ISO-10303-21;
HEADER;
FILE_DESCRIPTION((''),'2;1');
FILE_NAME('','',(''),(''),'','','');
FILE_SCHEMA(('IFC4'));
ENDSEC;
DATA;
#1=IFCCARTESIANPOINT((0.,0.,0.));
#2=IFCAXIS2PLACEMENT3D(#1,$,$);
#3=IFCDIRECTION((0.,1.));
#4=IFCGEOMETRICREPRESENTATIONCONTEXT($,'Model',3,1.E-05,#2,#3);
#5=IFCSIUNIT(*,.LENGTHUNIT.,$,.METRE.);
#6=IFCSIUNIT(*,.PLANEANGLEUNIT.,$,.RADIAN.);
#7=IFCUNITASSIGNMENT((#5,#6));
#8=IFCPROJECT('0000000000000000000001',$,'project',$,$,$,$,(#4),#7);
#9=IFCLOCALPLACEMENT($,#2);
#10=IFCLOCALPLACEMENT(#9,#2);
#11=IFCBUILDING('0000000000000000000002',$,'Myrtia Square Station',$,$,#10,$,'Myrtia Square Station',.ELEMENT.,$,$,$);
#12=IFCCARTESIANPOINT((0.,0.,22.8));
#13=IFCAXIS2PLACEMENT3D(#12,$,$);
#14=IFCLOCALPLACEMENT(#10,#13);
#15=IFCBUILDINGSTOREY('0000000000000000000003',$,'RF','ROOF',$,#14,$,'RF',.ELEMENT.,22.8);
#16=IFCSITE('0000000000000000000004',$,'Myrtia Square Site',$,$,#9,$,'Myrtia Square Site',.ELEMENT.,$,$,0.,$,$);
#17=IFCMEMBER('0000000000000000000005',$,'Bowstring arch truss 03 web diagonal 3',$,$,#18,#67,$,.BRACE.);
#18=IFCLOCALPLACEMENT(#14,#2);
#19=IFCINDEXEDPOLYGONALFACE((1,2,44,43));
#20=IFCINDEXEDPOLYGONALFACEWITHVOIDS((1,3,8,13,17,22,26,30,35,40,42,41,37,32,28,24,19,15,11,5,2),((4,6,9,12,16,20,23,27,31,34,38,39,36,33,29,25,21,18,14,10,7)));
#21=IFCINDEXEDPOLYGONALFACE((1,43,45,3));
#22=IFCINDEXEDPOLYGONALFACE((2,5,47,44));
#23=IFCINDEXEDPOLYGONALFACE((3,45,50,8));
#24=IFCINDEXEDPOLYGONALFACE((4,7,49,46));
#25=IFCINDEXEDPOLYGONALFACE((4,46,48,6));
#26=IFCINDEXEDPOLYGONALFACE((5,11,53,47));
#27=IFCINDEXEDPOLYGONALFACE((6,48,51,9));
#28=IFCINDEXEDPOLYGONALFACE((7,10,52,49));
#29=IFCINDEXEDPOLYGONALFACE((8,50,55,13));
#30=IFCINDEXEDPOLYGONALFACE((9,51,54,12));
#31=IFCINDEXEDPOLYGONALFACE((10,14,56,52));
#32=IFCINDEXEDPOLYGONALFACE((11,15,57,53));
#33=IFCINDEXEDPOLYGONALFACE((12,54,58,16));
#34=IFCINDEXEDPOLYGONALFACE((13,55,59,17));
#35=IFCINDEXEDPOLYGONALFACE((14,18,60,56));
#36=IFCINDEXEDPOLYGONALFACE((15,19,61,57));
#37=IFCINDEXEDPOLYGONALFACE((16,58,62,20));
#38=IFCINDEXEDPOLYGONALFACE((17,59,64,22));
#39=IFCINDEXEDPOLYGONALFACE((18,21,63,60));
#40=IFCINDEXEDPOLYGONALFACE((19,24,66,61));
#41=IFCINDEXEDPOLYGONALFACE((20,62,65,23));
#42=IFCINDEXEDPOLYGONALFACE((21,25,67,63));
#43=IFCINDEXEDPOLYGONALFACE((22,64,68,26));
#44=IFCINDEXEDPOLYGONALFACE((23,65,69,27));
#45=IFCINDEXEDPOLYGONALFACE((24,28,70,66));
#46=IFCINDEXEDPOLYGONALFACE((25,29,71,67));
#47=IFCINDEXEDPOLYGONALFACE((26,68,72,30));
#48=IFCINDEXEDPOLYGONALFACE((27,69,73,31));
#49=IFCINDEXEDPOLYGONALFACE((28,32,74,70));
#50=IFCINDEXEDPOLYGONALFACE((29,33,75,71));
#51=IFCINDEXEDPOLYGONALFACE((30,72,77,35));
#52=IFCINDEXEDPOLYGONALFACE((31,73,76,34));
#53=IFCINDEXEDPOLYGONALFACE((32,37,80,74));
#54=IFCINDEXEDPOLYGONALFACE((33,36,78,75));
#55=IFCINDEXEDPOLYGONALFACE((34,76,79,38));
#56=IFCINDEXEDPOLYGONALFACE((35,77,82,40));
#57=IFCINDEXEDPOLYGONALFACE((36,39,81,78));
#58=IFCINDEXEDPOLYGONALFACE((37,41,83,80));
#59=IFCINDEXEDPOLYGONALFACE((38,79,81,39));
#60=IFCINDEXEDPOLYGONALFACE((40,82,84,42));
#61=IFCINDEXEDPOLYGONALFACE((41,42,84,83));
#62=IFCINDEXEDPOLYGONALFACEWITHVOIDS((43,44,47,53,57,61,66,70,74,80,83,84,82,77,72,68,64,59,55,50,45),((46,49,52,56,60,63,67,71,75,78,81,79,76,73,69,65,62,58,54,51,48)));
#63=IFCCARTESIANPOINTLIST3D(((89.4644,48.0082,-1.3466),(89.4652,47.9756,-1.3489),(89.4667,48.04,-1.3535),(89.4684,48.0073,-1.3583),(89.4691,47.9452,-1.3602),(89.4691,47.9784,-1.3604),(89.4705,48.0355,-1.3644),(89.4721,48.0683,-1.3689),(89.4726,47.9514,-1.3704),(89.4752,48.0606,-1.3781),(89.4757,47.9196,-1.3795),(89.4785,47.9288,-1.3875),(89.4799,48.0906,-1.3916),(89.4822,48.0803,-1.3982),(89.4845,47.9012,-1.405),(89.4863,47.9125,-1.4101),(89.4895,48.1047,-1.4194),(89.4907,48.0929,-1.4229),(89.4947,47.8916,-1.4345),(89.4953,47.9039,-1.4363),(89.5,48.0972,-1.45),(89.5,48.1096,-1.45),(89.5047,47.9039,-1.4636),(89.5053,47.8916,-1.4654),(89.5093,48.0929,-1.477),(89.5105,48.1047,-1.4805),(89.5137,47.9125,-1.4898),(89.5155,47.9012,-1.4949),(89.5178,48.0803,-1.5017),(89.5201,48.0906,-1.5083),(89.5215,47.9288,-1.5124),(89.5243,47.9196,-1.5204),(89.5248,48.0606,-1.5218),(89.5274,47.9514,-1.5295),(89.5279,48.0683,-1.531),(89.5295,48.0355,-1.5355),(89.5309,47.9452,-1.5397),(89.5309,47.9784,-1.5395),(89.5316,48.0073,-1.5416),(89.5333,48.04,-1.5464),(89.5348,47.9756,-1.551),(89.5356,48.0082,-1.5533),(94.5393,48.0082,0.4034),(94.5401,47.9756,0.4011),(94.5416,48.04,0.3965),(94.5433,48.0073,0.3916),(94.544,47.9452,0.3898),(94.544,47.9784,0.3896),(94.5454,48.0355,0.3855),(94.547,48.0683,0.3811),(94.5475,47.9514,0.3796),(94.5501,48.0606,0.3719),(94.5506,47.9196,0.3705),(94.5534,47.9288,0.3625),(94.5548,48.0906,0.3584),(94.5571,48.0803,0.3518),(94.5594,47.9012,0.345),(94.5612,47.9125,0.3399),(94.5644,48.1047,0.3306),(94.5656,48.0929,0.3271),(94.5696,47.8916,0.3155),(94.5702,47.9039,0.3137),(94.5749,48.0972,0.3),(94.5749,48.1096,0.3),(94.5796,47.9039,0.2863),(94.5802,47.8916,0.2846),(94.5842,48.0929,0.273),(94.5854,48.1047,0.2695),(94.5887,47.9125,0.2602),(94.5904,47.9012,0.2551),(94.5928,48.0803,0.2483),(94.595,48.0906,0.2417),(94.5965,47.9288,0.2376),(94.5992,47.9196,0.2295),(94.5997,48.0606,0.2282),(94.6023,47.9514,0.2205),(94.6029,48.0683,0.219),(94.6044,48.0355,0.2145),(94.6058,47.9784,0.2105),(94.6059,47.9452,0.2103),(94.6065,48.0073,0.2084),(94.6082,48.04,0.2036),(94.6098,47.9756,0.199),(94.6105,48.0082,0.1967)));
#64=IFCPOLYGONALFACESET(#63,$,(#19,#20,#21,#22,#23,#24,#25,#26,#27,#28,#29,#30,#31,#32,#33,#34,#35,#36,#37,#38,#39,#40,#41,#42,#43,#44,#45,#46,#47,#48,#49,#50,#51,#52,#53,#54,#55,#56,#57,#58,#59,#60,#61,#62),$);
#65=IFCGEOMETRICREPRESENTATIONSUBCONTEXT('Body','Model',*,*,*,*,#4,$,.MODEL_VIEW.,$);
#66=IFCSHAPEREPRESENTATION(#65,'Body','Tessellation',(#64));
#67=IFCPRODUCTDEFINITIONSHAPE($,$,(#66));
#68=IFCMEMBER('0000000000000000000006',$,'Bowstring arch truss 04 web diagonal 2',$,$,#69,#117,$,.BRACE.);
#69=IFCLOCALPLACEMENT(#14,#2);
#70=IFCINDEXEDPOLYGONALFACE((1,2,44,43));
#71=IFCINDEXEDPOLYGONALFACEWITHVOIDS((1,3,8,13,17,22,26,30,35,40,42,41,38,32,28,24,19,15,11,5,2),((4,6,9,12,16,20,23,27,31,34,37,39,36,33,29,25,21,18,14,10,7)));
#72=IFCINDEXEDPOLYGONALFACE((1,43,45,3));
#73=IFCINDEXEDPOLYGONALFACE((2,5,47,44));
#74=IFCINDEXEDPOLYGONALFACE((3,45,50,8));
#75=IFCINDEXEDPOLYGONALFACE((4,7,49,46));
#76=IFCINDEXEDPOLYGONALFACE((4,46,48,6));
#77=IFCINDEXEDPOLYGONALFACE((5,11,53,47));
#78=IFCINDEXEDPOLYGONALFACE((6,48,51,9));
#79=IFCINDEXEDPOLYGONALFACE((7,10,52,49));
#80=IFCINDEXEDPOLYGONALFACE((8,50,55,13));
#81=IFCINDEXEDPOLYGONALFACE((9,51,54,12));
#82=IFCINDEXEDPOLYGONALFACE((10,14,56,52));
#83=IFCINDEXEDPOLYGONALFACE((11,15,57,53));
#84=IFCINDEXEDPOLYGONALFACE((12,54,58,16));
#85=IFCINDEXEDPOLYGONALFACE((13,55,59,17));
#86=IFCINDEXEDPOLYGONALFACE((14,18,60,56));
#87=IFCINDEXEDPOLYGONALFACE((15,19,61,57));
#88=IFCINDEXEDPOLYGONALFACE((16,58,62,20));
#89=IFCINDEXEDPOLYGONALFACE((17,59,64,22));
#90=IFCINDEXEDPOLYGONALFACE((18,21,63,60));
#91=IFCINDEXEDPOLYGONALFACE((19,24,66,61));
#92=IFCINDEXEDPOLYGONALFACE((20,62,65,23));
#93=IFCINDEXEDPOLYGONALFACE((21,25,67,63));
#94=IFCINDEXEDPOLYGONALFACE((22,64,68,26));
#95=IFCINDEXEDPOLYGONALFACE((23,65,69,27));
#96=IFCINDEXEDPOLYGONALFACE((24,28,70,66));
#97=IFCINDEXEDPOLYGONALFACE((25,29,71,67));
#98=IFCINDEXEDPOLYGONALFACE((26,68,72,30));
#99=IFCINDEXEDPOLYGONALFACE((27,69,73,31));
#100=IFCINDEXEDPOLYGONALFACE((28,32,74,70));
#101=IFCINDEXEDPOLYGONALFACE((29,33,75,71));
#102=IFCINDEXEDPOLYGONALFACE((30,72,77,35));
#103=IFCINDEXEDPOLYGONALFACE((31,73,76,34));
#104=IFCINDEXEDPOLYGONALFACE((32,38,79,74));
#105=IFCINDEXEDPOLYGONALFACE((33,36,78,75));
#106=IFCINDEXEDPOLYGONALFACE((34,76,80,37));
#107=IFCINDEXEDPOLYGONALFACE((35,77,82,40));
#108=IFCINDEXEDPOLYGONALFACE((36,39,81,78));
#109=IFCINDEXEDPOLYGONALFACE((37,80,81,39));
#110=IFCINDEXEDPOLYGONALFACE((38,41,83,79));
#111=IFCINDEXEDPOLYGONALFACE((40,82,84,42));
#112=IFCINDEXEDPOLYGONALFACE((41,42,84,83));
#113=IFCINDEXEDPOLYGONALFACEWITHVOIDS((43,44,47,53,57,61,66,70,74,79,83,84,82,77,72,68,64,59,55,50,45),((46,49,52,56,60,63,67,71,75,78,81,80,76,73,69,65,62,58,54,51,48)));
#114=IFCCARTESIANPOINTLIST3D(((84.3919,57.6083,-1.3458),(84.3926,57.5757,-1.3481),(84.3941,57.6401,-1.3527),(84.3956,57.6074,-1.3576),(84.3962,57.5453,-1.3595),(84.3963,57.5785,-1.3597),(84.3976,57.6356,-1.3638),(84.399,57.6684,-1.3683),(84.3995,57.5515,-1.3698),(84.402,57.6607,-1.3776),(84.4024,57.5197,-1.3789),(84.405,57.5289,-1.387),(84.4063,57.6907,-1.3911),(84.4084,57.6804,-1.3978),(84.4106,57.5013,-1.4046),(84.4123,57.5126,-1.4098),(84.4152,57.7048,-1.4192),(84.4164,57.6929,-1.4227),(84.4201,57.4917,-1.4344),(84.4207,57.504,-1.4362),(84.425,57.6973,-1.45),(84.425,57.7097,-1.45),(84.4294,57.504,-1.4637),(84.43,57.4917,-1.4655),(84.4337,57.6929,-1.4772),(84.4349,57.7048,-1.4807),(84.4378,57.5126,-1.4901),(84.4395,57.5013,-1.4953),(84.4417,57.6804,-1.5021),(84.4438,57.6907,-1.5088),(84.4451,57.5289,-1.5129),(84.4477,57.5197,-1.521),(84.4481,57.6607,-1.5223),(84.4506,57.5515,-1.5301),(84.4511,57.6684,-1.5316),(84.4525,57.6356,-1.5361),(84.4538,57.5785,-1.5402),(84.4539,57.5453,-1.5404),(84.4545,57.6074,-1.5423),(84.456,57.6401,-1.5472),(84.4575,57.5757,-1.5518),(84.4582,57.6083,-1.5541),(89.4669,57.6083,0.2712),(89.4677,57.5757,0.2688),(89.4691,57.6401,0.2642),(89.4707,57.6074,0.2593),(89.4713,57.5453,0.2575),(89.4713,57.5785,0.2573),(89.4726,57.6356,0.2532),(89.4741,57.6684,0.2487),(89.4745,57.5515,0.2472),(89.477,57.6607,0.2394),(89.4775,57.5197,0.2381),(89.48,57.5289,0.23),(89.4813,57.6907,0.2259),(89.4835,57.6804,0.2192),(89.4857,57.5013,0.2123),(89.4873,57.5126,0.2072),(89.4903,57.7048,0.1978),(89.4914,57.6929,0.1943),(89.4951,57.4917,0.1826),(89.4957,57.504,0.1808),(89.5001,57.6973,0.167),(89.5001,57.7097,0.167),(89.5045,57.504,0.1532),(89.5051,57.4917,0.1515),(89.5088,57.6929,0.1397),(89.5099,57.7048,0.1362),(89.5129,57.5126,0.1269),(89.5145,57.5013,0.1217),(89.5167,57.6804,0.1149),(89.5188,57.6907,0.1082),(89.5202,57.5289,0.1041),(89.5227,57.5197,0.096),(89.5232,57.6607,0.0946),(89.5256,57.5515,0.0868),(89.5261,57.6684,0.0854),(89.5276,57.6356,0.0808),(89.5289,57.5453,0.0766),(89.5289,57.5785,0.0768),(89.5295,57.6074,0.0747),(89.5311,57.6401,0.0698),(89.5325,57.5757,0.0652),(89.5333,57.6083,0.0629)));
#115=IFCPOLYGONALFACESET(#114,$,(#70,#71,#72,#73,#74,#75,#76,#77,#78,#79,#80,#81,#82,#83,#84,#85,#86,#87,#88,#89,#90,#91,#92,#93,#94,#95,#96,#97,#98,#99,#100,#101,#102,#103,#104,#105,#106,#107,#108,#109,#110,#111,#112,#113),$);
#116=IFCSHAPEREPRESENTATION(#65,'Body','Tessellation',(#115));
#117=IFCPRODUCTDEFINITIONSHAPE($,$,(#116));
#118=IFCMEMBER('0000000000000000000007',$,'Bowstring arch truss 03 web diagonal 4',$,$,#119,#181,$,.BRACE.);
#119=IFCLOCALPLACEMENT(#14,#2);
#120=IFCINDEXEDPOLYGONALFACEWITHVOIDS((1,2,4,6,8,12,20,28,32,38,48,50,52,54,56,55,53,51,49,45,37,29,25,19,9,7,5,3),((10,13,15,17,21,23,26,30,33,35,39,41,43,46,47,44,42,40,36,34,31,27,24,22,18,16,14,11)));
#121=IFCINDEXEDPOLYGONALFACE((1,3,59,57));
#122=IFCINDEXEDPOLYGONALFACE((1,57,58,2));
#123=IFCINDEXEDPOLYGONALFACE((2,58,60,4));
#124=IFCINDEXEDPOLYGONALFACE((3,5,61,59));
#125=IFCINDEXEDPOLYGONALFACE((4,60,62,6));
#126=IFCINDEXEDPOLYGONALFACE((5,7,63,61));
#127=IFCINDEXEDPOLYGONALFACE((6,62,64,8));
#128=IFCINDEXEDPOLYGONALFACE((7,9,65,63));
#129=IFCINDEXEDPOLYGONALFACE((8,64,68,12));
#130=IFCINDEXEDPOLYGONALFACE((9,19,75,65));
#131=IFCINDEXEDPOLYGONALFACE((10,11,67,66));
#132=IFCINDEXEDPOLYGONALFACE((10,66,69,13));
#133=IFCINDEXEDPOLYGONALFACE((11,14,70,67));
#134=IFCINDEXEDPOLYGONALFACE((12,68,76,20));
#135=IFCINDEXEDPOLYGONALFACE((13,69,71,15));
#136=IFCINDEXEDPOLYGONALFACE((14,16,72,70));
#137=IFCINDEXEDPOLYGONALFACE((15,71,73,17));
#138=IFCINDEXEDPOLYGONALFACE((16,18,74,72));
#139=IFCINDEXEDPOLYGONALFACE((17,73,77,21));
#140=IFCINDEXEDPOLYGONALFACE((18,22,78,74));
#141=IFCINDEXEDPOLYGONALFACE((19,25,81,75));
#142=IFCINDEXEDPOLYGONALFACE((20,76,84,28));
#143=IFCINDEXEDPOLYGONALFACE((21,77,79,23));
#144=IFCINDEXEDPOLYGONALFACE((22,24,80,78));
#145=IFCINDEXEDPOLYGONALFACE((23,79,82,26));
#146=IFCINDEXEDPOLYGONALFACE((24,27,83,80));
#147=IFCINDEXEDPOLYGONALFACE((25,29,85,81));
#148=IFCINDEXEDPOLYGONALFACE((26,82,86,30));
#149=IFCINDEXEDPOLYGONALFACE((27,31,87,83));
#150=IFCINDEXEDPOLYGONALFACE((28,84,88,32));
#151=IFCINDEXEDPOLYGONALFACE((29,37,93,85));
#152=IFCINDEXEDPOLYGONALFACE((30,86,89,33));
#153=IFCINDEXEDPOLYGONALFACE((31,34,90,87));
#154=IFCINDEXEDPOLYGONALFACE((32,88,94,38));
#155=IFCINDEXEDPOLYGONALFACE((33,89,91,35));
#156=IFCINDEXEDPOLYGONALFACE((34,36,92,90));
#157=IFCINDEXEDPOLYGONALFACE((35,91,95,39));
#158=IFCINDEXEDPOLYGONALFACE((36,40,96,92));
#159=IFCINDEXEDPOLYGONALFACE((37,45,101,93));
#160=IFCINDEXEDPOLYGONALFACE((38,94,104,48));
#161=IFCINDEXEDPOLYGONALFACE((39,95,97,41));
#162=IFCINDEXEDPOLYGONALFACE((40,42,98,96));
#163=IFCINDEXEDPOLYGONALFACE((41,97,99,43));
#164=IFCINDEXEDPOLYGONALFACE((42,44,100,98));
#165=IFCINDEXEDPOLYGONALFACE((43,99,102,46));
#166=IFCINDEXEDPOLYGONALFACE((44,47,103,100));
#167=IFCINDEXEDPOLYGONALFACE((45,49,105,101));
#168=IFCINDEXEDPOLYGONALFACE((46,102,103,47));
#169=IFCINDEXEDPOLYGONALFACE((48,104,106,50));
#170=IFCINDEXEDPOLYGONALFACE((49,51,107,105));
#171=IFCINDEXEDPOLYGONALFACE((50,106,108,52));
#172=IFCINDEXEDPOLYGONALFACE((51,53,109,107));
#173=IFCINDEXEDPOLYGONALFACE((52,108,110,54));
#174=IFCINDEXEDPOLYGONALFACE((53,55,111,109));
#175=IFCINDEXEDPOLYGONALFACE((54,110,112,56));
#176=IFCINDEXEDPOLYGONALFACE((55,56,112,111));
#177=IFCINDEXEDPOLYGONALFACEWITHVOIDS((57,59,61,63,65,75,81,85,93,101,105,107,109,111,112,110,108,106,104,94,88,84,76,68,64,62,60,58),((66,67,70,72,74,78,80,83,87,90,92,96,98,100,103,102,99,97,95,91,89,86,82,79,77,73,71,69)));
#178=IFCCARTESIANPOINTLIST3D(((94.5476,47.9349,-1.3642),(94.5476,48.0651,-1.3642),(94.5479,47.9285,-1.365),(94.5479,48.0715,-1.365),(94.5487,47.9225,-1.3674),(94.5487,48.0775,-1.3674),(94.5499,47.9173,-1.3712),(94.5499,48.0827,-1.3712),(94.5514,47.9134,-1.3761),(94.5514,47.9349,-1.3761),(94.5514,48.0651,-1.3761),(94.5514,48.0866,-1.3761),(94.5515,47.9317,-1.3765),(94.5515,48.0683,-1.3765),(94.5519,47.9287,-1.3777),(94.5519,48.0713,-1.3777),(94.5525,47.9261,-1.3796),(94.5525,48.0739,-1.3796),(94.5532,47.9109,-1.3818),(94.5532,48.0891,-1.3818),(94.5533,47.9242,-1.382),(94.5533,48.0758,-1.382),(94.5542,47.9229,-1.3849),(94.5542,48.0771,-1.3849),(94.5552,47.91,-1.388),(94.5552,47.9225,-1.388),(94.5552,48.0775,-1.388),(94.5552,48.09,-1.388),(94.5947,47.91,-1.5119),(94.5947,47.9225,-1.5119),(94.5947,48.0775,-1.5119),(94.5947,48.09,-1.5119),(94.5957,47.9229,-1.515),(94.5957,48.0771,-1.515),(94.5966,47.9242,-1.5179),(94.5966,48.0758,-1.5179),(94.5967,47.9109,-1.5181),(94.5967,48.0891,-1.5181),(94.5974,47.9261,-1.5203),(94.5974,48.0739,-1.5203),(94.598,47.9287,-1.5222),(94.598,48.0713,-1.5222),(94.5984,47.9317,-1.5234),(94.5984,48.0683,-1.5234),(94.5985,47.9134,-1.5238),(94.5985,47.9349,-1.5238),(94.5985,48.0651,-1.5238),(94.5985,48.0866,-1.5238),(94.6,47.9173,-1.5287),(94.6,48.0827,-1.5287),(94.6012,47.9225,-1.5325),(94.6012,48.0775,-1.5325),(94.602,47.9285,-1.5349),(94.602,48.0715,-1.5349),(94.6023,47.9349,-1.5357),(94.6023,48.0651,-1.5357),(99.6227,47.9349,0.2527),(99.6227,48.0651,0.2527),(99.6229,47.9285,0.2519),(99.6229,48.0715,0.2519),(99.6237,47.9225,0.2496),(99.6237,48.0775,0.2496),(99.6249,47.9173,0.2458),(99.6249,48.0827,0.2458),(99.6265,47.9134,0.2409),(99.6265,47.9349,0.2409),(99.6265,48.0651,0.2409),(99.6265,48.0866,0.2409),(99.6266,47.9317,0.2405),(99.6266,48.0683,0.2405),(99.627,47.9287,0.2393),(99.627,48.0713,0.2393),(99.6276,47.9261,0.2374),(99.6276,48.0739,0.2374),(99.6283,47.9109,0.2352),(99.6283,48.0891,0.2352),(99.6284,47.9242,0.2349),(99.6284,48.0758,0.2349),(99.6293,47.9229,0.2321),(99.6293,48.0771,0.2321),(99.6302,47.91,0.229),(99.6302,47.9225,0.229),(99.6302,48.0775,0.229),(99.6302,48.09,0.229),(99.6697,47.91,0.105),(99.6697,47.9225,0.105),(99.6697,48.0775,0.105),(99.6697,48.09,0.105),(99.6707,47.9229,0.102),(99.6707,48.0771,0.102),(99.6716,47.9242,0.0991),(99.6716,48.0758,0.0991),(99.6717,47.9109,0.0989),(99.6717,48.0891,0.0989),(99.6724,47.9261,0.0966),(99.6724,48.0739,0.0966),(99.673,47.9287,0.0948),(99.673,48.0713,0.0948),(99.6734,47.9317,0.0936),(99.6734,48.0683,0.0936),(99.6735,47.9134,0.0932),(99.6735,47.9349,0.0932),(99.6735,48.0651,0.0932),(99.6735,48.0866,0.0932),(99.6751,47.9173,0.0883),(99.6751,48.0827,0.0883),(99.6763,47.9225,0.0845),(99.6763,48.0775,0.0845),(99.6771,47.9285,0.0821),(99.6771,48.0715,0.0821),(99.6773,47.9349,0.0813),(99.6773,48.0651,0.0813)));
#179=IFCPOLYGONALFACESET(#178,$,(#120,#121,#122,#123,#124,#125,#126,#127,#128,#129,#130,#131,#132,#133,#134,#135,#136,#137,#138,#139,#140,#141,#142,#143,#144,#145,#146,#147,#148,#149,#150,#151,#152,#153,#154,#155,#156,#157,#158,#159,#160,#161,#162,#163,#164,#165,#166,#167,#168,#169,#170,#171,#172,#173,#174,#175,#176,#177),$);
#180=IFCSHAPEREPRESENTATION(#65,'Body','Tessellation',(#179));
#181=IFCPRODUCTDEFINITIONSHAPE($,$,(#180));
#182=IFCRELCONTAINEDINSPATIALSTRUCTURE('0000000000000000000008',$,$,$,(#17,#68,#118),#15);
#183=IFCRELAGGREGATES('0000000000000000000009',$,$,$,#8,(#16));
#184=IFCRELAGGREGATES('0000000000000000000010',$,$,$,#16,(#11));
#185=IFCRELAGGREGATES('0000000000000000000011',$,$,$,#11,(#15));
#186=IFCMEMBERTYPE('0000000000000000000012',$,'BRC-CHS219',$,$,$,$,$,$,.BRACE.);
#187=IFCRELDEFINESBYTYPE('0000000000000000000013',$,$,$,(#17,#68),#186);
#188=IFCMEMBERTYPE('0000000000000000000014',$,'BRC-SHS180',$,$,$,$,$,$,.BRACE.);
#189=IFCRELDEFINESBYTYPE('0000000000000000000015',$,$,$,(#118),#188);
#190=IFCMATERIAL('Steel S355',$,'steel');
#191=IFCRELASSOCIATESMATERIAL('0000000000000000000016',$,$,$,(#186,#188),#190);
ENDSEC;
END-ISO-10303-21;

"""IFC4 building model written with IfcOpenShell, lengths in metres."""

from ifc_helpers import new_model, si_unit, direction, frame, origin, origin_2d, place, context, subcontext, project, spatial, hollow_rectangle, hollow_circle, extrude, material, material_profile, profile_set, type_object, element, save


model = new_model("IFC4")

# Units and contexts
model_context = context("Model", 3, precision=1e-05, world=origin(), true_north=direction((0.0, 1.0)))
body_context = subcontext(model_context, "Body", "Model", "MODEL_VIEW")
ifc_project = project(units=[si_unit("LENGTHUNIT", "METRE"), si_unit("PLANEANGLEUNIT", "RADIAN")], contexts=[model_context])

# Site, building, storey
site_placement = place(None, origin())
site = spatial("IfcSite", under=ifc_project, at=site_placement, Name="Myrtia Square Site", LongName="Myrtia Square Site", CompositionType="ELEMENT", RefElevation=0.0)
building_placement = place(site_placement, origin())
building = spatial("IfcBuilding", under=site, at=building_placement, Name="Myrtia Square Station", LongName="Myrtia Square Station", CompositionType="ELEMENT")
storey_placement = place(building_placement, frame((0.0, 0.0, 22.8)))
storey = spatial("IfcBuildingStorey", under=building, at=storey_placement, Name="RF", Description="ROOF", LongName="RF", CompositionType="ELEMENT", Elevation=22.8)

# Members
ifc_material_1 = material(Name="Steel S355", Category="steel")
ifc_material_profile_1 = material_profile(ifc_material_1, hollow_circle(Radius=0.1096, WallThickness=0.0125, at=origin_2d()), Name="CHS 219.1x12.5")
ifc_profile_set_1 = profile_set([ifc_material_profile_1], Name="Steel S355")
member_type_1 = type_object("IfcMemberType", Name="BRC-CHS219", PredefinedType="BRACE", material=ifc_profile_set_1)
member_1_placement = place(storey_placement, frame((89.5, 48.0, -1.45), z_axis=(0.945372, 0.0, 0.325993), x_axis=(0.0, 1.0, 0.0)))
element("IfcMember", 1, at=member_1_placement, inside=storey, type_object=member_type_1, Name="Bowstring arch truss 03 web diagonal 3", PredefinedType="BRACE", context=body_context, shape_type="SweptSolid", body=[
    extrude(hollow_circle(Radius=0.1096, WallThickness=0.0125, at=origin_2d()), origin(), (0.0, 0.0, 1.0), 5.3682),
])
member_2_placement = place(storey_placement, frame((84.425, 57.6001, -1.45), z_axis=(0.952807, 0.0, 0.303576), x_axis=(0.0, 1.0, 0.0)))
element("IfcMember", 2, at=member_2_placement, inside=storey, type_object=member_type_1, Name="Bowstring arch truss 04 web diagonal 2", PredefinedType="BRACE", context=body_context, shape_type="SweptSolid", body=[
    extrude(hollow_circle(Radius=0.1096, WallThickness=0.0125, at=origin_2d()), origin(), (0.0, 0.0, 1.0), 5.3264),
])
ifc_material_profile_2 = material_profile(ifc_material_1, hollow_rectangle(XDim=0.1799, YDim=0.1799, WallThickness=0.0125, InnerFilletRadius=0.0125, OuterFilletRadius=0.0249, at=origin_2d()), Name="SHS 180x180x12.5")
ifc_profile_set_2 = profile_set([ifc_material_profile_2], Name="Steel S355")
member_type_2 = type_object("IfcMemberType", Name="BRC-SHS180", PredefinedType="BRACE", material=ifc_profile_set_2)
member_3_placement = place(storey_placement, frame((94.575, 48.0, -1.45), z_axis=(0.952807, 0.0, 0.303576), x_axis=(0.0, 1.0, 0.0)))
element("IfcMember", 3, at=member_3_placement, inside=storey, type_object=member_type_2, Name="Bowstring arch truss 03 web diagonal 4", PredefinedType="BRACE", context=body_context, shape_type="SweptSolid", body=[
    extrude(hollow_rectangle(XDim=0.1799, YDim=0.1799, WallThickness=0.0125, InnerFilletRadius=0.0125, OuterFilletRadius=0.0249, at=origin_2d()), origin(), (0.0, 0.0, 1.0), 5.3264),
])

save(model, "model.ifc")
